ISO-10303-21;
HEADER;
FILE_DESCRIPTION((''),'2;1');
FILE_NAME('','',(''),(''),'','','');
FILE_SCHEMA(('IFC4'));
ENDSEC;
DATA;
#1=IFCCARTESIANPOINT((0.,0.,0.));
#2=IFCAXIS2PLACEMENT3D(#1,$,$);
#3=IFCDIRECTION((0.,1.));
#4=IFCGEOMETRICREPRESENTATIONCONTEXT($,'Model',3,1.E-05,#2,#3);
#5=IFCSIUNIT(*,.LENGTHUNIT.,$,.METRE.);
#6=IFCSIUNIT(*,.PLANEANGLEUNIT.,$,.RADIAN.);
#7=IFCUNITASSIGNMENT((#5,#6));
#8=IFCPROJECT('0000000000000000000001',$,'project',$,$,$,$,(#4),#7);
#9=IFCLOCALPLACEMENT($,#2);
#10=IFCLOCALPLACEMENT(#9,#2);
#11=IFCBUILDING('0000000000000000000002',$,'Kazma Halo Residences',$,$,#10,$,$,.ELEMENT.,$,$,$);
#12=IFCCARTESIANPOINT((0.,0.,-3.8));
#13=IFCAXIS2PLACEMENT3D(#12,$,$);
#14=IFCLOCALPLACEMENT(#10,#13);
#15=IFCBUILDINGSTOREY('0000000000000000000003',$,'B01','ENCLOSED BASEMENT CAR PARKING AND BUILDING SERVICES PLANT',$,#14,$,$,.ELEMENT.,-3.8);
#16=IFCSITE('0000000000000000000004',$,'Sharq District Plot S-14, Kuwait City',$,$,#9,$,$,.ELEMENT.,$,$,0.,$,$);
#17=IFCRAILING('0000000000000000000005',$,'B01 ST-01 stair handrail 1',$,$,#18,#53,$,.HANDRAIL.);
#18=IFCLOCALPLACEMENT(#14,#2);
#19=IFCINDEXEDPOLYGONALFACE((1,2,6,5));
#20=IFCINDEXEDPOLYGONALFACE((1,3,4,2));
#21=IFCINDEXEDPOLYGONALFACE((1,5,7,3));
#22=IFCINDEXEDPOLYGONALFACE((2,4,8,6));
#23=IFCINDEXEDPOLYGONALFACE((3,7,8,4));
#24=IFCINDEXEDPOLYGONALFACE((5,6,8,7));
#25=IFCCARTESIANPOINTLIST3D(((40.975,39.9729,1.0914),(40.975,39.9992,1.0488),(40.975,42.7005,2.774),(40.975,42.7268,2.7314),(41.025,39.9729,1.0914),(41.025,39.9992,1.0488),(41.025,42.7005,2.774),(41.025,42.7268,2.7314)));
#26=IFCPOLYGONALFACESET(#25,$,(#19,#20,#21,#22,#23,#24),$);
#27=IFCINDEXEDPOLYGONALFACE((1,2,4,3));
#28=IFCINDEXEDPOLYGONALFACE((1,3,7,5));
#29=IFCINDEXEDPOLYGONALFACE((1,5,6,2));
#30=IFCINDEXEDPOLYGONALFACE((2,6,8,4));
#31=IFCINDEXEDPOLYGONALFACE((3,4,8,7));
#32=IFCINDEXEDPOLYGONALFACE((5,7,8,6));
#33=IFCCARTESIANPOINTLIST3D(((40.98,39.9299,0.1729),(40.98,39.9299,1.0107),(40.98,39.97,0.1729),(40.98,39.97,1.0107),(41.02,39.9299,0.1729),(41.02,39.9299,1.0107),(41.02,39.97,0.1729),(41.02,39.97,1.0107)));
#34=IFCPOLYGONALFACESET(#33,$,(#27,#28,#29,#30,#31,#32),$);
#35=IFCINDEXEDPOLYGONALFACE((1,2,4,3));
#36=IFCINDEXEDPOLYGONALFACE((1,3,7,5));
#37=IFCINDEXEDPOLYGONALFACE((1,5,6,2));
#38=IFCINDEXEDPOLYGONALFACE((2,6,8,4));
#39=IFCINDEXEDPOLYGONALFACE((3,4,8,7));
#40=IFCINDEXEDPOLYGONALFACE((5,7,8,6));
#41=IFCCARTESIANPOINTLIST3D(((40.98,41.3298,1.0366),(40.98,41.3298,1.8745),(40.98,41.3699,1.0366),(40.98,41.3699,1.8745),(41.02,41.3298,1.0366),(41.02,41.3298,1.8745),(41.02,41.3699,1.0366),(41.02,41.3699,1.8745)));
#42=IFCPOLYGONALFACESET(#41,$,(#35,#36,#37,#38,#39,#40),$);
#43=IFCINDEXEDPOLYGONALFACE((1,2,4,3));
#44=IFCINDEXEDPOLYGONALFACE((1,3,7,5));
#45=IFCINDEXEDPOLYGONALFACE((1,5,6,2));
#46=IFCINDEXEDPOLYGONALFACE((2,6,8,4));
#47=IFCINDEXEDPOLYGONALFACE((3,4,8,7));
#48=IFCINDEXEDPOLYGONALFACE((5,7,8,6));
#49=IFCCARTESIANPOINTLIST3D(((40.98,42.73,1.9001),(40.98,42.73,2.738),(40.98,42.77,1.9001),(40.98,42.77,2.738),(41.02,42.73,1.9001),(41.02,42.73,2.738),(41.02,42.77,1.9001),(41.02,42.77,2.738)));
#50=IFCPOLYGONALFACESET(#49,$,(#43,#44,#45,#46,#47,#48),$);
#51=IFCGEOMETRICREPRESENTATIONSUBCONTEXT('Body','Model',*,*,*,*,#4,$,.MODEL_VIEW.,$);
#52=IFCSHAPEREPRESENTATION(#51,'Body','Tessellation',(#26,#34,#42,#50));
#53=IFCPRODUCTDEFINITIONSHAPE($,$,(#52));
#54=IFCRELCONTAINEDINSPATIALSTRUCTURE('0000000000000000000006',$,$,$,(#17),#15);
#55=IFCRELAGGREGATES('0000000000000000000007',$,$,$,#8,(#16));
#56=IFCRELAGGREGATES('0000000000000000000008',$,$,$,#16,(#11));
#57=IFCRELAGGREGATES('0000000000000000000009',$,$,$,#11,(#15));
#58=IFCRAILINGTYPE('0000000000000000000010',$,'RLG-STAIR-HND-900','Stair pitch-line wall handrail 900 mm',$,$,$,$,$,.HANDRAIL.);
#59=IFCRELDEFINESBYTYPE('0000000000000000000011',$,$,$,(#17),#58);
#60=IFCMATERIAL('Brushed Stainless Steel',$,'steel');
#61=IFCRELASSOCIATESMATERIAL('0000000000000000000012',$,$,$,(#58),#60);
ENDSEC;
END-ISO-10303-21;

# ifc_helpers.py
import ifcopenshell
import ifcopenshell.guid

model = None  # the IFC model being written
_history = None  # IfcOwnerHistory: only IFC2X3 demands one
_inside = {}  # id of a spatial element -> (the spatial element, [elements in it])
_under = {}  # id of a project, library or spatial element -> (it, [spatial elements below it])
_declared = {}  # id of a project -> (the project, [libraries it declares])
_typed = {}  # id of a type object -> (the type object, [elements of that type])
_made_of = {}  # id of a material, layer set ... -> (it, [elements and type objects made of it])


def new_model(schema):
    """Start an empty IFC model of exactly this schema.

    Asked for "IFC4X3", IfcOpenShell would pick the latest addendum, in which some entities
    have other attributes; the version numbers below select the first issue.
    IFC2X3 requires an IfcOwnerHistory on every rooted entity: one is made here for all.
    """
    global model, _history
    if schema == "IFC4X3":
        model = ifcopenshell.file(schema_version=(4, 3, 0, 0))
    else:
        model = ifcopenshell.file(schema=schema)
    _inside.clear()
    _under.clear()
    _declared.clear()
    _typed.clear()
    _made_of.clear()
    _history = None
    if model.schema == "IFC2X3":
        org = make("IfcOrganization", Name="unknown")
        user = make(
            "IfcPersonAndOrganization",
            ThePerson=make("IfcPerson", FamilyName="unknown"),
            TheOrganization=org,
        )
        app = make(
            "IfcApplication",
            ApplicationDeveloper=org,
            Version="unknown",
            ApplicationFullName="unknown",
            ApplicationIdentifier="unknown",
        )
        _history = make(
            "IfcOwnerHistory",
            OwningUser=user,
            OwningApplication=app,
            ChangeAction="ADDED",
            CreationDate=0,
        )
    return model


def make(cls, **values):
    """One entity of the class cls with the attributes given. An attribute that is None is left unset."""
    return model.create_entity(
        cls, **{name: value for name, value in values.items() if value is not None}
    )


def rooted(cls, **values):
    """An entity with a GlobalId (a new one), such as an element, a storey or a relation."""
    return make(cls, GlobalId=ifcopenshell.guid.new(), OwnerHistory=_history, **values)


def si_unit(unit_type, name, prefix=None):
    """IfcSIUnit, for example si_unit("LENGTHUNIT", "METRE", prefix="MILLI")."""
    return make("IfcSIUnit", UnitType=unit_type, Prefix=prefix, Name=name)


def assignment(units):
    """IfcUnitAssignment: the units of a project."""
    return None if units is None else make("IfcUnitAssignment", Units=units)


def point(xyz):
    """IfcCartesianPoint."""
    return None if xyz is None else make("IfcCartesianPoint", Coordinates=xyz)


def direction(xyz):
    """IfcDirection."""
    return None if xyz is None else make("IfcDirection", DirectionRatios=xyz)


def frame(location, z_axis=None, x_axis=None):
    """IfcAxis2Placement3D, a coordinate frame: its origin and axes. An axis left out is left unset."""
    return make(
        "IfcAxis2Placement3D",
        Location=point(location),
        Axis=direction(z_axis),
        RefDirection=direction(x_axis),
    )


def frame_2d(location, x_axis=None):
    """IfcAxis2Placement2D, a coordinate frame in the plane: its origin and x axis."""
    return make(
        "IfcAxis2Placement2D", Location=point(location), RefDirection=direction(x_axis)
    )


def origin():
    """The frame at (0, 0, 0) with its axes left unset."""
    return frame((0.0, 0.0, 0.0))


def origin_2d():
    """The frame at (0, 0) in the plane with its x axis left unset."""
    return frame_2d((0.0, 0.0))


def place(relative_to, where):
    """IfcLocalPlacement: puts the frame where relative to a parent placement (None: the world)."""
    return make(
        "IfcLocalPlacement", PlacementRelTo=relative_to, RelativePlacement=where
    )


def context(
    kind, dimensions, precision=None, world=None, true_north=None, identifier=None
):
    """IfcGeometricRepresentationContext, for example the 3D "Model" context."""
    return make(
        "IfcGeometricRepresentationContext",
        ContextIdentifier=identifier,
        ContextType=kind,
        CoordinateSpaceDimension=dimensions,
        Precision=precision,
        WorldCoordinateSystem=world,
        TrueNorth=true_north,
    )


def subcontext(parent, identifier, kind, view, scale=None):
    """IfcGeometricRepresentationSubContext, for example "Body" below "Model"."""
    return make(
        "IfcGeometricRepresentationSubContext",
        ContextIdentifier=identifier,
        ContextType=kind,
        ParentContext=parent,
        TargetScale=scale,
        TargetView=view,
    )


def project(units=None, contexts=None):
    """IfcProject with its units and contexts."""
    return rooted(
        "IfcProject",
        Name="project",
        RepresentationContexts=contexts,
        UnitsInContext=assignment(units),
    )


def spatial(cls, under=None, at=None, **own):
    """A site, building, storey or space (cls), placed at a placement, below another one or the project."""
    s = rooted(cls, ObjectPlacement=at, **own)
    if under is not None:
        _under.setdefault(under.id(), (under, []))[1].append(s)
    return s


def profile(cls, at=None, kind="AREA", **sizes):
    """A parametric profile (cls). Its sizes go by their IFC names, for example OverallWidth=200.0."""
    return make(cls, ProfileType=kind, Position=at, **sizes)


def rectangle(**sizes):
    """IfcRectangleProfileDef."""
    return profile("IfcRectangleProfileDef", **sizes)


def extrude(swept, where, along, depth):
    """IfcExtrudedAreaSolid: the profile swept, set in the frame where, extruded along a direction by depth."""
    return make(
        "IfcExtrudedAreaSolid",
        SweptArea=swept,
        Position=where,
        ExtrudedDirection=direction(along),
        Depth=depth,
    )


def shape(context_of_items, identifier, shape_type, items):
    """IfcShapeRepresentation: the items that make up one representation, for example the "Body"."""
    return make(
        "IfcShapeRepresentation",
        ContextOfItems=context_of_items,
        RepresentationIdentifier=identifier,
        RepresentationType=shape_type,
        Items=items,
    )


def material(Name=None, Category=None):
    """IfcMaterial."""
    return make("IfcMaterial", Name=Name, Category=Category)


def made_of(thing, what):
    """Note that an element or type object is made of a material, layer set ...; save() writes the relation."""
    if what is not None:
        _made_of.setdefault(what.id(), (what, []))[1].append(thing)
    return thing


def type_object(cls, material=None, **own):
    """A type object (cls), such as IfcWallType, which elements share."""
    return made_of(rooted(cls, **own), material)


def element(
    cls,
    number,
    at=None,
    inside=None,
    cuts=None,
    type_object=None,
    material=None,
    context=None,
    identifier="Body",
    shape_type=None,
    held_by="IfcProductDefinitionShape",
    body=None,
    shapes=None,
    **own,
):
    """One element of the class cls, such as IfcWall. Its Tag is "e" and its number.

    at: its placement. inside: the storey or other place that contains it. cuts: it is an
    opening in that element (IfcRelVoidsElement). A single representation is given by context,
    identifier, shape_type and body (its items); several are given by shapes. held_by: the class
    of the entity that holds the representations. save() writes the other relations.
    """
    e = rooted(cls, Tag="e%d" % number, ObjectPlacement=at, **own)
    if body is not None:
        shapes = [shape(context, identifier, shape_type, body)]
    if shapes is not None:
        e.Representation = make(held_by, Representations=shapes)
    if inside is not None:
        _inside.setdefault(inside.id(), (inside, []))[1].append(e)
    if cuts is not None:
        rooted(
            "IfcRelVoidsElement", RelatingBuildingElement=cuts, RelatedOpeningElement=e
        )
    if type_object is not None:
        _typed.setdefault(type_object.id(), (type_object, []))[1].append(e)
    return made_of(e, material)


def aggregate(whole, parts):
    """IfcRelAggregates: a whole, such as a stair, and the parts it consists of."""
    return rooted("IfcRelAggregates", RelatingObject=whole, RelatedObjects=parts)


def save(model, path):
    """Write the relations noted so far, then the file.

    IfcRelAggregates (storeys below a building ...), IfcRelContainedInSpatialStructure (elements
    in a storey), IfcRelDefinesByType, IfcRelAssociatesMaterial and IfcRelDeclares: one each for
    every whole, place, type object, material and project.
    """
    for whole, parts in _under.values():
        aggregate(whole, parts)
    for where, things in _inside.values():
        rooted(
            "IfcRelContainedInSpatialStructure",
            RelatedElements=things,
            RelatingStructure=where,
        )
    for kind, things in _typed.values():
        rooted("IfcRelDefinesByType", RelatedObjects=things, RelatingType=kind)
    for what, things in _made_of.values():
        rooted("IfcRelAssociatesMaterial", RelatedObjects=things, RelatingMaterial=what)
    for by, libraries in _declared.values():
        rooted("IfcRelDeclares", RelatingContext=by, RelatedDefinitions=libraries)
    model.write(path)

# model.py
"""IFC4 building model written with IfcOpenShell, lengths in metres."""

from ifc_helpers import new_model, si_unit, direction, frame, origin, origin_2d, place, context, subcontext, project, spatial, rectangle, extrude, material, type_object, element, save


model = new_model("IFC4")

# Units and contexts
model_context = context("Model", 3, precision=1e-05, world=origin(), true_north=direction((0.0, 1.0)))
body_context = subcontext(model_context, "Body", "Model", "MODEL_VIEW")
ifc_project = project(units=[si_unit("LENGTHUNIT", "METRE"), si_unit("PLANEANGLEUNIT", "RADIAN")], contexts=[model_context])

# Site, building, storey
site_placement = place(None, origin())
site = spatial("IfcSite", under=ifc_project, at=site_placement, Name="Sharq District Plot S-14, Kuwait City", CompositionType="ELEMENT", RefElevation=0.0)
building_placement = place(site_placement, origin())
building = spatial("IfcBuilding", under=site, at=building_placement, Name="Kazma Halo Residences", CompositionType="ELEMENT")
storey_placement = place(building_placement, frame((0.0, 0.0, -3.8)))
storey = spatial("IfcBuildingStorey", under=building, at=storey_placement, Name="B01", Description="ENCLOSED BASEMENT CAR PARKING AND BUILDING SERVICES PLANT", CompositionType="ELEMENT", Elevation=-3.8)

# Railing
ifc_material_1 = material(Name="Brushed Stainless Steel", Category="steel")
railing_type_1 = type_object("IfcRailingType", Name="RLG-STAIR-HND-900", Description="Stair pitch-line wall handrail 900 mm", PredefinedType="HANDRAIL", material=ifc_material_1)
railing_1_placement = place(storey_placement, frame((41.0, 39.95, 0.1729)))
element("IfcRailing", 1, at=railing_1_placement, inside=storey, type_object=railing_type_1, Name="B01 ST-01 stair handrail 1", PredefinedType="HANDRAIL", context=body_context, shape_type="SweptSolid", body=[
    extrude(rectangle(XDim=0.05, YDim=0.05, at=origin_2d()), frame((0.0, 0.0361, 0.8972), z_axis=(0.0, 0.85109, 0.52502), x_axis=(-1.0, 0.0, 0.0)), (0.0, 0.0, 1.0), 3.2048),
    extrude(rectangle(XDim=0.04, YDim=0.04, at=origin_2d()), origin(), (0.0, 0.0, 1.0), 0.8379),
    extrude(rectangle(XDim=0.04, YDim=0.04, at=origin_2d()), frame((0.0, 1.3999, 0.8638)), (0.0, 0.0, 1.0), 0.8379),
    extrude(rectangle(XDim=0.04, YDim=0.04, at=origin_2d()), frame((0.0, 2.8, 1.7273)), (0.0, 0.0, 1.0), 0.8379),
])

save(model, "model.ifc")
